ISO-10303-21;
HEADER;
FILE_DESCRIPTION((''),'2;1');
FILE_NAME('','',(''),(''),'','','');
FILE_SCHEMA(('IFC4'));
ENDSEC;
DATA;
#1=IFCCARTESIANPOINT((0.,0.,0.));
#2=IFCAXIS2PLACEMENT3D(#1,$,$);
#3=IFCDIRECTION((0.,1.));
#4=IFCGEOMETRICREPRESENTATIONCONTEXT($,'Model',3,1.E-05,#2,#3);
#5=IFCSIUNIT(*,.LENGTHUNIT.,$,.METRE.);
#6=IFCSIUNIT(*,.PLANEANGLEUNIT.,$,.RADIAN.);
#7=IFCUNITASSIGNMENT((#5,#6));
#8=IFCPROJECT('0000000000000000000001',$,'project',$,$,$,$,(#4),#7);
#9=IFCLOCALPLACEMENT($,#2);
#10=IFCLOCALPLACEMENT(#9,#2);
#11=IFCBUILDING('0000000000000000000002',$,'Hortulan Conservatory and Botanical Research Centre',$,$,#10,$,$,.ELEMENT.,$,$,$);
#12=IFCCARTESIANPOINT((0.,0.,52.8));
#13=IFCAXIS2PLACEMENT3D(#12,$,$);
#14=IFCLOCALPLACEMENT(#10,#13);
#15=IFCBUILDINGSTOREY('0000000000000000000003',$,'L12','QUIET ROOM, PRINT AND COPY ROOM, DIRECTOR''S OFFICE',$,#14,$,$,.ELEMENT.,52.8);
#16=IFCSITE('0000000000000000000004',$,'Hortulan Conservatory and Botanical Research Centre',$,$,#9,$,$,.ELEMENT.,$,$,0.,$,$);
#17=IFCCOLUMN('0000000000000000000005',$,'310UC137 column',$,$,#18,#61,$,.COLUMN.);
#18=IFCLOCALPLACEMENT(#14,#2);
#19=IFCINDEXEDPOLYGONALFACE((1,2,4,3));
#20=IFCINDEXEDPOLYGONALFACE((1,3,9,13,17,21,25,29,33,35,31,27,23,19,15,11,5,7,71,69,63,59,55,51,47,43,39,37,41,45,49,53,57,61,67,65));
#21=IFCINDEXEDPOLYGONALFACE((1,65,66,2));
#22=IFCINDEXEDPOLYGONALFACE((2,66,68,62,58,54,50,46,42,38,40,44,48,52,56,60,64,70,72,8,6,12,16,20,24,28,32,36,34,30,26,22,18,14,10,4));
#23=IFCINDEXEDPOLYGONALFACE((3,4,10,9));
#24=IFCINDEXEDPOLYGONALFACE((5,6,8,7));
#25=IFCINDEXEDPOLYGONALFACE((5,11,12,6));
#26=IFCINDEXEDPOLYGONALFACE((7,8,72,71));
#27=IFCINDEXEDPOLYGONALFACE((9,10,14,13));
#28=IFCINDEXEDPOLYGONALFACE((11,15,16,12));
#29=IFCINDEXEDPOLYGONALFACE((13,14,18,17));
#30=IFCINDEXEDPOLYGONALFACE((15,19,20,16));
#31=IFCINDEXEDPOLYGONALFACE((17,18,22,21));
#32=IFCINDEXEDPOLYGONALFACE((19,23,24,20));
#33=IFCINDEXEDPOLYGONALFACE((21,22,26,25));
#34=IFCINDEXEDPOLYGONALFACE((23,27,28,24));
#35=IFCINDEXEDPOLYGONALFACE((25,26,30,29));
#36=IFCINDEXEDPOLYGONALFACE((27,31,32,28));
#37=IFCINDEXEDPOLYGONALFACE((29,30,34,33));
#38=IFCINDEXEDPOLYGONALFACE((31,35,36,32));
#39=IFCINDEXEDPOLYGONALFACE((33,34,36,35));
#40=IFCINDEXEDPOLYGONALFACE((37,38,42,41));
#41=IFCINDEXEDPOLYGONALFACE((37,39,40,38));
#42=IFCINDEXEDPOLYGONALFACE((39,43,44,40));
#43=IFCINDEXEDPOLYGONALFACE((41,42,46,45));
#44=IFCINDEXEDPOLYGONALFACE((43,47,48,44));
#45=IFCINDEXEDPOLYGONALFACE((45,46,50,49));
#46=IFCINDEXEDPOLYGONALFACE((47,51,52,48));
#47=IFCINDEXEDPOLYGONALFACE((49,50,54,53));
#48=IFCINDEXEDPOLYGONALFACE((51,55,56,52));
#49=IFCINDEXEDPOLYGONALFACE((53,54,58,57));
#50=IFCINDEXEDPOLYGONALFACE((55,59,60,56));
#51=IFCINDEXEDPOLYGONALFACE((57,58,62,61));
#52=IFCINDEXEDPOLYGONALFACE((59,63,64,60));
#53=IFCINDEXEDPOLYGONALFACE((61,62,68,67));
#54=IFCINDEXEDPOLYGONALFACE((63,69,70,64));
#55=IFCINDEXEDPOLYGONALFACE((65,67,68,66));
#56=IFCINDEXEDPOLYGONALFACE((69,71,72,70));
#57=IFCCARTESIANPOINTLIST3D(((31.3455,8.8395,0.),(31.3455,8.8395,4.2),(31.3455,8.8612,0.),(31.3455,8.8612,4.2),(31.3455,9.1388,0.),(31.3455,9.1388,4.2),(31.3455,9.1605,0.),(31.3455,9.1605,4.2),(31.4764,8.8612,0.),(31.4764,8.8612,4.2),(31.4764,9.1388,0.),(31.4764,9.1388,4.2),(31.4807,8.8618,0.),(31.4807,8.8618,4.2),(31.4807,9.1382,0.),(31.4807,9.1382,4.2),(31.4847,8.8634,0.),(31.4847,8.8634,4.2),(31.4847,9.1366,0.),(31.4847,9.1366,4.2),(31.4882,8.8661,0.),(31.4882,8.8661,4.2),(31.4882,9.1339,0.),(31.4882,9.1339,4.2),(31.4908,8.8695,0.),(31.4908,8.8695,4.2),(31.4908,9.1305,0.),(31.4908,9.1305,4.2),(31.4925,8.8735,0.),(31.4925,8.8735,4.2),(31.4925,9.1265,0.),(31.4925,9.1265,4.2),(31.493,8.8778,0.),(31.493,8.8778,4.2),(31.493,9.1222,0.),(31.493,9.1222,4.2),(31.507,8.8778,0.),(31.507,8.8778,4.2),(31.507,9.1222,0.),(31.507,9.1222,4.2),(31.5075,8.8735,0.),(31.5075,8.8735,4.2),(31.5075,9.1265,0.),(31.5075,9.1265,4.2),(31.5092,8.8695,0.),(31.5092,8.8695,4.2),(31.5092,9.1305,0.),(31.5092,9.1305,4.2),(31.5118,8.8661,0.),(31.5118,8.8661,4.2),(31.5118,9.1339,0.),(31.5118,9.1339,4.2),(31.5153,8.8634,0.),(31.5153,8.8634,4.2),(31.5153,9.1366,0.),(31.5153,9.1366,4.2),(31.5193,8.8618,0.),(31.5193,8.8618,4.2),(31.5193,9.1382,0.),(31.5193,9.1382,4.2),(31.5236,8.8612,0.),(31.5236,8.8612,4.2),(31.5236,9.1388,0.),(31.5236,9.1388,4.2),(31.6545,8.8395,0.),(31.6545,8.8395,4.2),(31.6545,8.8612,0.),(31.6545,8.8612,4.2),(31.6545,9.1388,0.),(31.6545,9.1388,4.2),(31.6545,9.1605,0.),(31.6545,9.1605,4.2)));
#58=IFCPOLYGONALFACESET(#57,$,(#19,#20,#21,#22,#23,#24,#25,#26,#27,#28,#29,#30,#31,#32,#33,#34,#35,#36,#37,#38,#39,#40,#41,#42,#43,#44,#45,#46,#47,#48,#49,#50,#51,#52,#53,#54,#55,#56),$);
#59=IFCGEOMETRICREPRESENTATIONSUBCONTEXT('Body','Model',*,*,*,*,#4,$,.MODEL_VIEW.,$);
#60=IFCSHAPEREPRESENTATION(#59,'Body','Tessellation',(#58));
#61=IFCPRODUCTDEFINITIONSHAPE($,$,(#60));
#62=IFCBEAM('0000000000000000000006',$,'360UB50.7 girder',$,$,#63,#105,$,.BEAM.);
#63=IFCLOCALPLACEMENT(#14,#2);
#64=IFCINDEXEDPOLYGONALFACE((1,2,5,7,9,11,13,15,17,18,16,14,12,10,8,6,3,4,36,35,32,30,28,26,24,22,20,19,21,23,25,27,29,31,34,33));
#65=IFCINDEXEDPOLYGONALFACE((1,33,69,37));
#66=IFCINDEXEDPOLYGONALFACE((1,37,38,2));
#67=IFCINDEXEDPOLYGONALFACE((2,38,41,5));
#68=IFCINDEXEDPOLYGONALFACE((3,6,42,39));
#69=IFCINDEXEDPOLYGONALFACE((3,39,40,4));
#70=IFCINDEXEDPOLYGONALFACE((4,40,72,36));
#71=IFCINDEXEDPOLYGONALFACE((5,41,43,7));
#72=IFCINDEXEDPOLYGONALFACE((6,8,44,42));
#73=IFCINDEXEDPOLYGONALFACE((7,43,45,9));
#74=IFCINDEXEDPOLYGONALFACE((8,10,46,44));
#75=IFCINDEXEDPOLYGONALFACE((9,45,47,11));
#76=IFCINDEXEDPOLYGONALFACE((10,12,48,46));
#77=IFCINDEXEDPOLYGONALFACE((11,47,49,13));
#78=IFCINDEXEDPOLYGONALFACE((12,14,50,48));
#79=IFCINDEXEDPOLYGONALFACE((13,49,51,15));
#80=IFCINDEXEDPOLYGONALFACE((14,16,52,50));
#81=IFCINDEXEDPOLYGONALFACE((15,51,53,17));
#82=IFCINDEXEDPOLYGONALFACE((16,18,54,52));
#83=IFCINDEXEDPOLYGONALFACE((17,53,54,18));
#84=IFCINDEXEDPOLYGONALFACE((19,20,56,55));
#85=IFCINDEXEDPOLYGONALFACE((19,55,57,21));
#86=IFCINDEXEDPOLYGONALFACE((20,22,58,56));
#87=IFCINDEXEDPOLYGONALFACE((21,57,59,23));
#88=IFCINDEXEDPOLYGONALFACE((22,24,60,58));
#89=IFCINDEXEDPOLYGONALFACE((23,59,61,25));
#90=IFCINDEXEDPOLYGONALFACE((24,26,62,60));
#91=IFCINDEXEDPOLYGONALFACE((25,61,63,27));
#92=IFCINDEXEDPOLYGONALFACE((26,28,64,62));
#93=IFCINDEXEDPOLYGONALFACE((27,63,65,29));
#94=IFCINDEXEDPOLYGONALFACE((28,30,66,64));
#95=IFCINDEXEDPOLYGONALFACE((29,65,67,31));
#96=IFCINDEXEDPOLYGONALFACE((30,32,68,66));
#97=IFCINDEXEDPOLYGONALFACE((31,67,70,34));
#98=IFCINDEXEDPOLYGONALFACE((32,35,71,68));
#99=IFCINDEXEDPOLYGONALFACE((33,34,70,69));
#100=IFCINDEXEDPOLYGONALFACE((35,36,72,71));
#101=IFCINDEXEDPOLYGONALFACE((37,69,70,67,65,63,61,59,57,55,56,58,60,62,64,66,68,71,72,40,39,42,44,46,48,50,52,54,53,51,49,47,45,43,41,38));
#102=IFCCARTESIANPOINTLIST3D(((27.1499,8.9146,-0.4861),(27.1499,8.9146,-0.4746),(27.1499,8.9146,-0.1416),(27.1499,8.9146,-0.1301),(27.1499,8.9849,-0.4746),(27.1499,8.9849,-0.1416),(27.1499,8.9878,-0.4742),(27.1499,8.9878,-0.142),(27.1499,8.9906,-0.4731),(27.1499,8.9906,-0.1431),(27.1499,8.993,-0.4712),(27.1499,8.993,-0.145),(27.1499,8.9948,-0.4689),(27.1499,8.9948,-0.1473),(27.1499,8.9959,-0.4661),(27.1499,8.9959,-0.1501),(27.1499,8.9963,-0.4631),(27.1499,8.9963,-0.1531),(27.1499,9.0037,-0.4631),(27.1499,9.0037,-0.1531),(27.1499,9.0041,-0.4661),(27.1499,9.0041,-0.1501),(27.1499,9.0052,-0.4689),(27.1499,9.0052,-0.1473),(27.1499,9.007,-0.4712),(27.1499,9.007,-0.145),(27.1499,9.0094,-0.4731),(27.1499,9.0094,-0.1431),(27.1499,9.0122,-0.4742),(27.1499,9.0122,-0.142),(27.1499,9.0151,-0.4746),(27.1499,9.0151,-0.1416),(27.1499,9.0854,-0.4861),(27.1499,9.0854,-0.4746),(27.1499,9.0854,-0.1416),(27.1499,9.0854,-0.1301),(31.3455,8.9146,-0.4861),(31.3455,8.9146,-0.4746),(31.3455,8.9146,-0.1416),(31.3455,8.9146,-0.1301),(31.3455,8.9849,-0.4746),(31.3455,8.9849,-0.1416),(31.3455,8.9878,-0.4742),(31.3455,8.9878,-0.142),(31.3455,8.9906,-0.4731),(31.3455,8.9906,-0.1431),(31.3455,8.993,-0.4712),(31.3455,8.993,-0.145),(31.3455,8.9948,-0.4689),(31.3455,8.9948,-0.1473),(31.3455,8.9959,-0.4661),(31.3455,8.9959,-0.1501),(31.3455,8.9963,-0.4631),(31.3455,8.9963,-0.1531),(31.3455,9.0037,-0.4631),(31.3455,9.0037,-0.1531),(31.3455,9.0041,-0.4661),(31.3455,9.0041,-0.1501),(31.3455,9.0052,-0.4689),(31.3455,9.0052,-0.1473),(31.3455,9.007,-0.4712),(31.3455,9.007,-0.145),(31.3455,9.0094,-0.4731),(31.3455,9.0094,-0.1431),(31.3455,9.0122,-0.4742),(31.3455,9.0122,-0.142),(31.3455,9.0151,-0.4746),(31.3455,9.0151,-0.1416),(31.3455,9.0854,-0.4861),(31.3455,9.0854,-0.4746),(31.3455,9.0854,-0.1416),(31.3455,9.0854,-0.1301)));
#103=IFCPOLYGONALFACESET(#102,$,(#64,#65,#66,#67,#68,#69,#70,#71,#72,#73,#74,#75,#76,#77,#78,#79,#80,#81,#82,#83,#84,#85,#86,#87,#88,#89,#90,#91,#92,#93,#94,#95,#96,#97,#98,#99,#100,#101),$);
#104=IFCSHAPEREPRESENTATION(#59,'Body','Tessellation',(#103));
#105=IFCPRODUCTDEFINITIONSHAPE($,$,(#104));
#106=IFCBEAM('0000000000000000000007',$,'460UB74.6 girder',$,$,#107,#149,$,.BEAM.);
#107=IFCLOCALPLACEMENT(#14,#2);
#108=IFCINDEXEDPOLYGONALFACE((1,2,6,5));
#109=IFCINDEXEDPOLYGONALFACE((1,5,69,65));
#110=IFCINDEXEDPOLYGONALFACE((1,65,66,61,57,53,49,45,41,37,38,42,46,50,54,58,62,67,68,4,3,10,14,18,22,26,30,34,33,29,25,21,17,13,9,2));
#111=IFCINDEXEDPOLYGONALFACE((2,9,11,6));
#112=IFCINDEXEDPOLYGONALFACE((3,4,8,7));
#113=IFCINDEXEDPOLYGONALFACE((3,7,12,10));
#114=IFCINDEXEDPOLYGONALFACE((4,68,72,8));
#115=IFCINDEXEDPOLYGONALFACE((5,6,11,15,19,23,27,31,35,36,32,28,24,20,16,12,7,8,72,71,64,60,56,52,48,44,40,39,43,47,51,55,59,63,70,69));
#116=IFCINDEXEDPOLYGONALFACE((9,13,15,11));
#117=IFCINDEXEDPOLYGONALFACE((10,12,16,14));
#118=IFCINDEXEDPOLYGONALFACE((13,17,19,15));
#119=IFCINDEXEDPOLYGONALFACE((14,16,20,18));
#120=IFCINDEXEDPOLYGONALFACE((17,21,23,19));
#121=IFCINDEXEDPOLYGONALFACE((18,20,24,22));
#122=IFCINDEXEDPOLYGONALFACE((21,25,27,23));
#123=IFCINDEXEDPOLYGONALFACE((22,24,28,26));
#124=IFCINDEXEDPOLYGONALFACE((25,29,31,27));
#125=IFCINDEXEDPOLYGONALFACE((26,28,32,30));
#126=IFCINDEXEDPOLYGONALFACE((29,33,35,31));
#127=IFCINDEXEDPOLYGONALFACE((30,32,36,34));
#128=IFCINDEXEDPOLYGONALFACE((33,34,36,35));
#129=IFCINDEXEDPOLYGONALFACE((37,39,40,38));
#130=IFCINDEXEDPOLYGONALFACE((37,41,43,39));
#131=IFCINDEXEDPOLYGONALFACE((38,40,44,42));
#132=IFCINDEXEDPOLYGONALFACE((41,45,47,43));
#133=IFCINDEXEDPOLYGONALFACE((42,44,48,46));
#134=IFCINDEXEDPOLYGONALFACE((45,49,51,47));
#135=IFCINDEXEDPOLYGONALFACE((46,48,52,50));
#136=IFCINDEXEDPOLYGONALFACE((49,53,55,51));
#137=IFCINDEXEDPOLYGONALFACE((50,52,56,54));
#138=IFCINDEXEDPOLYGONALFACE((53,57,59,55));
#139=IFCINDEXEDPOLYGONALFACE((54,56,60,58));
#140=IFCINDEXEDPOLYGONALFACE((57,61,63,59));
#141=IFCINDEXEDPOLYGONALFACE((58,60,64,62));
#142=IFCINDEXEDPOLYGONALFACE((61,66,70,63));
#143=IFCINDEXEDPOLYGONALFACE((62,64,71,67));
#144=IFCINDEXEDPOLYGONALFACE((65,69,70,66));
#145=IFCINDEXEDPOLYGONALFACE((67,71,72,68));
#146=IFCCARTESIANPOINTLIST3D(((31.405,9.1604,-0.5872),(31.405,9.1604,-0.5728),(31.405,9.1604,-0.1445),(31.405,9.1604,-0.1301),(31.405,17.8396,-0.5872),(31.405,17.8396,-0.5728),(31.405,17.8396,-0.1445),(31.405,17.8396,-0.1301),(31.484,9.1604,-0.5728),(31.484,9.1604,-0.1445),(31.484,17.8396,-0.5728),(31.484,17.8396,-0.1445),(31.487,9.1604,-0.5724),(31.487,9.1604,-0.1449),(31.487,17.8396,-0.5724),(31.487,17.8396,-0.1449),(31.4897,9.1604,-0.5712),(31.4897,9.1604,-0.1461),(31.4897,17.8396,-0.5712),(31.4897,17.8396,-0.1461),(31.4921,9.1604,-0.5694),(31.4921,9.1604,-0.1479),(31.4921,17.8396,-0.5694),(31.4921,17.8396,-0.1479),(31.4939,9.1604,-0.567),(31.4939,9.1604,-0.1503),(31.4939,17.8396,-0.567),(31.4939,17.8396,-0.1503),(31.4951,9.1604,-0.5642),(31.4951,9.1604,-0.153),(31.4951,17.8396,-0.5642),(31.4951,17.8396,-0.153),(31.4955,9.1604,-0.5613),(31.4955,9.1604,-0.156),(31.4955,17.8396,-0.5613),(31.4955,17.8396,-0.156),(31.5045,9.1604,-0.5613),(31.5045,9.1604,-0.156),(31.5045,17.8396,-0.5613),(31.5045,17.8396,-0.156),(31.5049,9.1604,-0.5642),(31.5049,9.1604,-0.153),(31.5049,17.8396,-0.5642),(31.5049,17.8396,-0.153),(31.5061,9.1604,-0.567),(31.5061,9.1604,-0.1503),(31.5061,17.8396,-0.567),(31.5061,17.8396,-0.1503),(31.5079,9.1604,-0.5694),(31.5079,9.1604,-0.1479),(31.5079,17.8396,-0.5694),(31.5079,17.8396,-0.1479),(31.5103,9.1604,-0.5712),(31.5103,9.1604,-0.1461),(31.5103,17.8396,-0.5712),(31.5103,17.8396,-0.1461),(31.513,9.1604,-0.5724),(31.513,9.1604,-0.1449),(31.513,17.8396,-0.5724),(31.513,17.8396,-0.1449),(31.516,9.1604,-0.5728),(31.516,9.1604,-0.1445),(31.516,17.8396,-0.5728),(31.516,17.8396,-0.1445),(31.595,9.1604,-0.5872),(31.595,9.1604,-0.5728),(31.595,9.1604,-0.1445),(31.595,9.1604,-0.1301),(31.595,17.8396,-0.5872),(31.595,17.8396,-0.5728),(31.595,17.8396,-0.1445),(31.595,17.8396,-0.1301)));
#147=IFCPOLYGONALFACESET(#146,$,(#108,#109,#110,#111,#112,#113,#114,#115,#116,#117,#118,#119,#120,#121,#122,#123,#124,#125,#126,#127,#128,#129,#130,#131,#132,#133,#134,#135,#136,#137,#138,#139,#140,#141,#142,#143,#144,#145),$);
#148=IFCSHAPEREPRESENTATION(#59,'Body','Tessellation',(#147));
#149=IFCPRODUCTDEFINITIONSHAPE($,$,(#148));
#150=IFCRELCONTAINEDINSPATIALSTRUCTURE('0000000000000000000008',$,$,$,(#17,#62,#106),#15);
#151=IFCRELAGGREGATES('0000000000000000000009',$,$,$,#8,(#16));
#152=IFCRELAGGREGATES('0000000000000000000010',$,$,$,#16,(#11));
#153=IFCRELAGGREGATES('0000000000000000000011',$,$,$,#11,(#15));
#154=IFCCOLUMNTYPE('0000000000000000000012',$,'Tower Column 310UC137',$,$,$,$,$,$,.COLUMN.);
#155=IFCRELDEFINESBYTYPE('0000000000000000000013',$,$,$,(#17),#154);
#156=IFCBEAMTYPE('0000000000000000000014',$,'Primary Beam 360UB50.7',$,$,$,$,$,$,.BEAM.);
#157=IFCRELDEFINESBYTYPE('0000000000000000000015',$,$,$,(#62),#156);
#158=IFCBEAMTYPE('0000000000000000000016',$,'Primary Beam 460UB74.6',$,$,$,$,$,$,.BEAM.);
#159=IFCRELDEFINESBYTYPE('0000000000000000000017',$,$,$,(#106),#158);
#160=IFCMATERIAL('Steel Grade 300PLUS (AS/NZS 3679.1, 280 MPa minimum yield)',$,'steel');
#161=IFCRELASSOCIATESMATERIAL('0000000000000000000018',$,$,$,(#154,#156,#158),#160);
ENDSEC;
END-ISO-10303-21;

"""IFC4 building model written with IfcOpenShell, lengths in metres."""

from ifc_helpers import new_model, si_unit, direction, frame, origin, origin_2d, place, context, subcontext, project, spatial, i_section, extrude, material, material_profile, profile_set, type_object, element, save


model = new_model("IFC4")

# Units and contexts
model_context = context("Model", 3, precision=1e-05, world=origin(), true_north=direction((0.0, 1.0)))
body_context = subcontext(model_context, "Body", "Model", "MODEL_VIEW")
ifc_project = project(units=[si_unit("LENGTHUNIT", "METRE"), si_unit("PLANEANGLEUNIT", "RADIAN")], contexts=[model_context])

# Site, building, storey
site_placement = place(None, origin())
site = spatial("IfcSite", under=ifc_project, at=site_placement, Name="Hortulan Conservatory and Botanical Research Centre", CompositionType="ELEMENT", RefElevation=0.0)
building_placement = place(site_placement, origin())
building = spatial("IfcBuilding", under=site, at=building_placement, Name="Hortulan Conservatory and Botanical Research Centre", CompositionType="ELEMENT")
storey_placement = place(building_placement, frame((0.0, 0.0, 52.8)))
storey = spatial("IfcBuildingStorey", under=building, at=storey_placement, Name="L12", Description="QUIET ROOM, PRINT AND COPY ROOM, DIRECTOR'S OFFICE", CompositionType="ELEMENT", Elevation=52.8)

# Column
ifc_material_1 = material(Name="Steel Grade 300PLUS (AS/NZS 3679.1, 280 MPa minimum yield)", Category="steel")
ifc_material_profile_1 = material_profile(ifc_material_1, i_section(OverallWidth=0.3091, OverallDepth=0.321, WebThickness=0.0139, FlangeThickness=0.0217, FilletRadius=0.0166, at=origin_2d()), Name="310UC137")
ifc_profile_set_1 = profile_set([ifc_material_profile_1], Name="Steel Grade 300PLUS (AS/NZS 3679.1, 280 MPa minimum yield)")
column_type = type_object("IfcColumnType", Name="Tower Column 310UC137", PredefinedType="COLUMN", material=ifc_profile_set_1)
column_placement = place(storey_placement, frame((31.5, 9.0, 0.0), z_axis=(0.0, 0.0, 1.0), x_axis=(1.0, 0.0, 0.0)))
element("IfcColumn", 1, at=column_placement, inside=storey, type_object=column_type, Name="310UC137 column", PredefinedType="COLUMN", context=body_context, shape_type="SweptSolid", body=[
    extrude(i_section(OverallWidth=0.3091, OverallDepth=0.321, WebThickness=0.0139, FlangeThickness=0.0217, FilletRadius=0.0166, at=origin_2d()), origin(), (0.0, 0.0, 1.0), 4.2),
])

# Beams
ifc_material_profile_2 = material_profile(ifc_material_1, i_section(OverallWidth=0.1709, OverallDepth=0.356, WebThickness=0.0073, FlangeThickness=0.0115, FilletRadius=0.0115, at=origin_2d()), Name="360UB50.7")
ifc_profile_set_2 = profile_set([ifc_material_profile_2], Name="Steel Grade 300PLUS (AS/NZS 3679.1, 280 MPa minimum yield)")
beam_type_1 = type_object("IfcBeamType", Name="Primary Beam 360UB50.7", PredefinedType="BEAM", material=ifc_profile_set_2)
beam_1_placement = place(storey_placement, frame((27.1499, 9.0, -0.3081), z_axis=(1.0, 0.0, 0.0), x_axis=(0.0, 1.0, 0.0)))
element("IfcBeam", 2, at=beam_1_placement, inside=storey, type_object=beam_type_1, Name="360UB50.7 girder", PredefinedType="BEAM", context=body_context, shape_type="SweptSolid", body=[
    extrude(i_section(OverallWidth=0.1709, OverallDepth=0.356, WebThickness=0.0073, FlangeThickness=0.0115, FilletRadius=0.0115, at=origin_2d()), origin(), (0.0, 0.0, 1.0), 4.1956),
])
ifc_material_profile_3 = material_profile(ifc_material_1, i_section(OverallWidth=0.1899, OverallDepth=0.457, WebThickness=0.009, FlangeThickness=0.0144, FilletRadius=0.0115, at=origin_2d()), Name="460UB74.6")
ifc_profile_set_3 = profile_set([ifc_material_profile_3], Name="Steel Grade 300PLUS (AS/NZS 3679.1, 280 MPa minimum yield)")
beam_type_2 = type_object("IfcBeamType", Name="Primary Beam 460UB74.6", PredefinedType="BEAM", material=ifc_profile_set_3)
beam_2_placement = place(storey_placement, frame((31.5, 9.1604, -0.3586), z_axis=(0.0, 1.0, 0.0), x_axis=(-1.0, 0.0, 0.0)))
element("IfcBeam", 3, at=beam_2_placement, inside=storey, type_object=beam_type_2, Name="460UB74.6 girder", PredefinedType="BEAM", context=body_context, shape_type="SweptSolid", body=[
    extrude(i_section(OverallWidth=0.1899, OverallDepth=0.457, WebThickness=0.009, FlangeThickness=0.0144, FilletRadius=0.0115, at=origin_2d()), origin(), (0.0, 0.0, 1.0), 8.6792),
])

save(model, "model.ifc")
